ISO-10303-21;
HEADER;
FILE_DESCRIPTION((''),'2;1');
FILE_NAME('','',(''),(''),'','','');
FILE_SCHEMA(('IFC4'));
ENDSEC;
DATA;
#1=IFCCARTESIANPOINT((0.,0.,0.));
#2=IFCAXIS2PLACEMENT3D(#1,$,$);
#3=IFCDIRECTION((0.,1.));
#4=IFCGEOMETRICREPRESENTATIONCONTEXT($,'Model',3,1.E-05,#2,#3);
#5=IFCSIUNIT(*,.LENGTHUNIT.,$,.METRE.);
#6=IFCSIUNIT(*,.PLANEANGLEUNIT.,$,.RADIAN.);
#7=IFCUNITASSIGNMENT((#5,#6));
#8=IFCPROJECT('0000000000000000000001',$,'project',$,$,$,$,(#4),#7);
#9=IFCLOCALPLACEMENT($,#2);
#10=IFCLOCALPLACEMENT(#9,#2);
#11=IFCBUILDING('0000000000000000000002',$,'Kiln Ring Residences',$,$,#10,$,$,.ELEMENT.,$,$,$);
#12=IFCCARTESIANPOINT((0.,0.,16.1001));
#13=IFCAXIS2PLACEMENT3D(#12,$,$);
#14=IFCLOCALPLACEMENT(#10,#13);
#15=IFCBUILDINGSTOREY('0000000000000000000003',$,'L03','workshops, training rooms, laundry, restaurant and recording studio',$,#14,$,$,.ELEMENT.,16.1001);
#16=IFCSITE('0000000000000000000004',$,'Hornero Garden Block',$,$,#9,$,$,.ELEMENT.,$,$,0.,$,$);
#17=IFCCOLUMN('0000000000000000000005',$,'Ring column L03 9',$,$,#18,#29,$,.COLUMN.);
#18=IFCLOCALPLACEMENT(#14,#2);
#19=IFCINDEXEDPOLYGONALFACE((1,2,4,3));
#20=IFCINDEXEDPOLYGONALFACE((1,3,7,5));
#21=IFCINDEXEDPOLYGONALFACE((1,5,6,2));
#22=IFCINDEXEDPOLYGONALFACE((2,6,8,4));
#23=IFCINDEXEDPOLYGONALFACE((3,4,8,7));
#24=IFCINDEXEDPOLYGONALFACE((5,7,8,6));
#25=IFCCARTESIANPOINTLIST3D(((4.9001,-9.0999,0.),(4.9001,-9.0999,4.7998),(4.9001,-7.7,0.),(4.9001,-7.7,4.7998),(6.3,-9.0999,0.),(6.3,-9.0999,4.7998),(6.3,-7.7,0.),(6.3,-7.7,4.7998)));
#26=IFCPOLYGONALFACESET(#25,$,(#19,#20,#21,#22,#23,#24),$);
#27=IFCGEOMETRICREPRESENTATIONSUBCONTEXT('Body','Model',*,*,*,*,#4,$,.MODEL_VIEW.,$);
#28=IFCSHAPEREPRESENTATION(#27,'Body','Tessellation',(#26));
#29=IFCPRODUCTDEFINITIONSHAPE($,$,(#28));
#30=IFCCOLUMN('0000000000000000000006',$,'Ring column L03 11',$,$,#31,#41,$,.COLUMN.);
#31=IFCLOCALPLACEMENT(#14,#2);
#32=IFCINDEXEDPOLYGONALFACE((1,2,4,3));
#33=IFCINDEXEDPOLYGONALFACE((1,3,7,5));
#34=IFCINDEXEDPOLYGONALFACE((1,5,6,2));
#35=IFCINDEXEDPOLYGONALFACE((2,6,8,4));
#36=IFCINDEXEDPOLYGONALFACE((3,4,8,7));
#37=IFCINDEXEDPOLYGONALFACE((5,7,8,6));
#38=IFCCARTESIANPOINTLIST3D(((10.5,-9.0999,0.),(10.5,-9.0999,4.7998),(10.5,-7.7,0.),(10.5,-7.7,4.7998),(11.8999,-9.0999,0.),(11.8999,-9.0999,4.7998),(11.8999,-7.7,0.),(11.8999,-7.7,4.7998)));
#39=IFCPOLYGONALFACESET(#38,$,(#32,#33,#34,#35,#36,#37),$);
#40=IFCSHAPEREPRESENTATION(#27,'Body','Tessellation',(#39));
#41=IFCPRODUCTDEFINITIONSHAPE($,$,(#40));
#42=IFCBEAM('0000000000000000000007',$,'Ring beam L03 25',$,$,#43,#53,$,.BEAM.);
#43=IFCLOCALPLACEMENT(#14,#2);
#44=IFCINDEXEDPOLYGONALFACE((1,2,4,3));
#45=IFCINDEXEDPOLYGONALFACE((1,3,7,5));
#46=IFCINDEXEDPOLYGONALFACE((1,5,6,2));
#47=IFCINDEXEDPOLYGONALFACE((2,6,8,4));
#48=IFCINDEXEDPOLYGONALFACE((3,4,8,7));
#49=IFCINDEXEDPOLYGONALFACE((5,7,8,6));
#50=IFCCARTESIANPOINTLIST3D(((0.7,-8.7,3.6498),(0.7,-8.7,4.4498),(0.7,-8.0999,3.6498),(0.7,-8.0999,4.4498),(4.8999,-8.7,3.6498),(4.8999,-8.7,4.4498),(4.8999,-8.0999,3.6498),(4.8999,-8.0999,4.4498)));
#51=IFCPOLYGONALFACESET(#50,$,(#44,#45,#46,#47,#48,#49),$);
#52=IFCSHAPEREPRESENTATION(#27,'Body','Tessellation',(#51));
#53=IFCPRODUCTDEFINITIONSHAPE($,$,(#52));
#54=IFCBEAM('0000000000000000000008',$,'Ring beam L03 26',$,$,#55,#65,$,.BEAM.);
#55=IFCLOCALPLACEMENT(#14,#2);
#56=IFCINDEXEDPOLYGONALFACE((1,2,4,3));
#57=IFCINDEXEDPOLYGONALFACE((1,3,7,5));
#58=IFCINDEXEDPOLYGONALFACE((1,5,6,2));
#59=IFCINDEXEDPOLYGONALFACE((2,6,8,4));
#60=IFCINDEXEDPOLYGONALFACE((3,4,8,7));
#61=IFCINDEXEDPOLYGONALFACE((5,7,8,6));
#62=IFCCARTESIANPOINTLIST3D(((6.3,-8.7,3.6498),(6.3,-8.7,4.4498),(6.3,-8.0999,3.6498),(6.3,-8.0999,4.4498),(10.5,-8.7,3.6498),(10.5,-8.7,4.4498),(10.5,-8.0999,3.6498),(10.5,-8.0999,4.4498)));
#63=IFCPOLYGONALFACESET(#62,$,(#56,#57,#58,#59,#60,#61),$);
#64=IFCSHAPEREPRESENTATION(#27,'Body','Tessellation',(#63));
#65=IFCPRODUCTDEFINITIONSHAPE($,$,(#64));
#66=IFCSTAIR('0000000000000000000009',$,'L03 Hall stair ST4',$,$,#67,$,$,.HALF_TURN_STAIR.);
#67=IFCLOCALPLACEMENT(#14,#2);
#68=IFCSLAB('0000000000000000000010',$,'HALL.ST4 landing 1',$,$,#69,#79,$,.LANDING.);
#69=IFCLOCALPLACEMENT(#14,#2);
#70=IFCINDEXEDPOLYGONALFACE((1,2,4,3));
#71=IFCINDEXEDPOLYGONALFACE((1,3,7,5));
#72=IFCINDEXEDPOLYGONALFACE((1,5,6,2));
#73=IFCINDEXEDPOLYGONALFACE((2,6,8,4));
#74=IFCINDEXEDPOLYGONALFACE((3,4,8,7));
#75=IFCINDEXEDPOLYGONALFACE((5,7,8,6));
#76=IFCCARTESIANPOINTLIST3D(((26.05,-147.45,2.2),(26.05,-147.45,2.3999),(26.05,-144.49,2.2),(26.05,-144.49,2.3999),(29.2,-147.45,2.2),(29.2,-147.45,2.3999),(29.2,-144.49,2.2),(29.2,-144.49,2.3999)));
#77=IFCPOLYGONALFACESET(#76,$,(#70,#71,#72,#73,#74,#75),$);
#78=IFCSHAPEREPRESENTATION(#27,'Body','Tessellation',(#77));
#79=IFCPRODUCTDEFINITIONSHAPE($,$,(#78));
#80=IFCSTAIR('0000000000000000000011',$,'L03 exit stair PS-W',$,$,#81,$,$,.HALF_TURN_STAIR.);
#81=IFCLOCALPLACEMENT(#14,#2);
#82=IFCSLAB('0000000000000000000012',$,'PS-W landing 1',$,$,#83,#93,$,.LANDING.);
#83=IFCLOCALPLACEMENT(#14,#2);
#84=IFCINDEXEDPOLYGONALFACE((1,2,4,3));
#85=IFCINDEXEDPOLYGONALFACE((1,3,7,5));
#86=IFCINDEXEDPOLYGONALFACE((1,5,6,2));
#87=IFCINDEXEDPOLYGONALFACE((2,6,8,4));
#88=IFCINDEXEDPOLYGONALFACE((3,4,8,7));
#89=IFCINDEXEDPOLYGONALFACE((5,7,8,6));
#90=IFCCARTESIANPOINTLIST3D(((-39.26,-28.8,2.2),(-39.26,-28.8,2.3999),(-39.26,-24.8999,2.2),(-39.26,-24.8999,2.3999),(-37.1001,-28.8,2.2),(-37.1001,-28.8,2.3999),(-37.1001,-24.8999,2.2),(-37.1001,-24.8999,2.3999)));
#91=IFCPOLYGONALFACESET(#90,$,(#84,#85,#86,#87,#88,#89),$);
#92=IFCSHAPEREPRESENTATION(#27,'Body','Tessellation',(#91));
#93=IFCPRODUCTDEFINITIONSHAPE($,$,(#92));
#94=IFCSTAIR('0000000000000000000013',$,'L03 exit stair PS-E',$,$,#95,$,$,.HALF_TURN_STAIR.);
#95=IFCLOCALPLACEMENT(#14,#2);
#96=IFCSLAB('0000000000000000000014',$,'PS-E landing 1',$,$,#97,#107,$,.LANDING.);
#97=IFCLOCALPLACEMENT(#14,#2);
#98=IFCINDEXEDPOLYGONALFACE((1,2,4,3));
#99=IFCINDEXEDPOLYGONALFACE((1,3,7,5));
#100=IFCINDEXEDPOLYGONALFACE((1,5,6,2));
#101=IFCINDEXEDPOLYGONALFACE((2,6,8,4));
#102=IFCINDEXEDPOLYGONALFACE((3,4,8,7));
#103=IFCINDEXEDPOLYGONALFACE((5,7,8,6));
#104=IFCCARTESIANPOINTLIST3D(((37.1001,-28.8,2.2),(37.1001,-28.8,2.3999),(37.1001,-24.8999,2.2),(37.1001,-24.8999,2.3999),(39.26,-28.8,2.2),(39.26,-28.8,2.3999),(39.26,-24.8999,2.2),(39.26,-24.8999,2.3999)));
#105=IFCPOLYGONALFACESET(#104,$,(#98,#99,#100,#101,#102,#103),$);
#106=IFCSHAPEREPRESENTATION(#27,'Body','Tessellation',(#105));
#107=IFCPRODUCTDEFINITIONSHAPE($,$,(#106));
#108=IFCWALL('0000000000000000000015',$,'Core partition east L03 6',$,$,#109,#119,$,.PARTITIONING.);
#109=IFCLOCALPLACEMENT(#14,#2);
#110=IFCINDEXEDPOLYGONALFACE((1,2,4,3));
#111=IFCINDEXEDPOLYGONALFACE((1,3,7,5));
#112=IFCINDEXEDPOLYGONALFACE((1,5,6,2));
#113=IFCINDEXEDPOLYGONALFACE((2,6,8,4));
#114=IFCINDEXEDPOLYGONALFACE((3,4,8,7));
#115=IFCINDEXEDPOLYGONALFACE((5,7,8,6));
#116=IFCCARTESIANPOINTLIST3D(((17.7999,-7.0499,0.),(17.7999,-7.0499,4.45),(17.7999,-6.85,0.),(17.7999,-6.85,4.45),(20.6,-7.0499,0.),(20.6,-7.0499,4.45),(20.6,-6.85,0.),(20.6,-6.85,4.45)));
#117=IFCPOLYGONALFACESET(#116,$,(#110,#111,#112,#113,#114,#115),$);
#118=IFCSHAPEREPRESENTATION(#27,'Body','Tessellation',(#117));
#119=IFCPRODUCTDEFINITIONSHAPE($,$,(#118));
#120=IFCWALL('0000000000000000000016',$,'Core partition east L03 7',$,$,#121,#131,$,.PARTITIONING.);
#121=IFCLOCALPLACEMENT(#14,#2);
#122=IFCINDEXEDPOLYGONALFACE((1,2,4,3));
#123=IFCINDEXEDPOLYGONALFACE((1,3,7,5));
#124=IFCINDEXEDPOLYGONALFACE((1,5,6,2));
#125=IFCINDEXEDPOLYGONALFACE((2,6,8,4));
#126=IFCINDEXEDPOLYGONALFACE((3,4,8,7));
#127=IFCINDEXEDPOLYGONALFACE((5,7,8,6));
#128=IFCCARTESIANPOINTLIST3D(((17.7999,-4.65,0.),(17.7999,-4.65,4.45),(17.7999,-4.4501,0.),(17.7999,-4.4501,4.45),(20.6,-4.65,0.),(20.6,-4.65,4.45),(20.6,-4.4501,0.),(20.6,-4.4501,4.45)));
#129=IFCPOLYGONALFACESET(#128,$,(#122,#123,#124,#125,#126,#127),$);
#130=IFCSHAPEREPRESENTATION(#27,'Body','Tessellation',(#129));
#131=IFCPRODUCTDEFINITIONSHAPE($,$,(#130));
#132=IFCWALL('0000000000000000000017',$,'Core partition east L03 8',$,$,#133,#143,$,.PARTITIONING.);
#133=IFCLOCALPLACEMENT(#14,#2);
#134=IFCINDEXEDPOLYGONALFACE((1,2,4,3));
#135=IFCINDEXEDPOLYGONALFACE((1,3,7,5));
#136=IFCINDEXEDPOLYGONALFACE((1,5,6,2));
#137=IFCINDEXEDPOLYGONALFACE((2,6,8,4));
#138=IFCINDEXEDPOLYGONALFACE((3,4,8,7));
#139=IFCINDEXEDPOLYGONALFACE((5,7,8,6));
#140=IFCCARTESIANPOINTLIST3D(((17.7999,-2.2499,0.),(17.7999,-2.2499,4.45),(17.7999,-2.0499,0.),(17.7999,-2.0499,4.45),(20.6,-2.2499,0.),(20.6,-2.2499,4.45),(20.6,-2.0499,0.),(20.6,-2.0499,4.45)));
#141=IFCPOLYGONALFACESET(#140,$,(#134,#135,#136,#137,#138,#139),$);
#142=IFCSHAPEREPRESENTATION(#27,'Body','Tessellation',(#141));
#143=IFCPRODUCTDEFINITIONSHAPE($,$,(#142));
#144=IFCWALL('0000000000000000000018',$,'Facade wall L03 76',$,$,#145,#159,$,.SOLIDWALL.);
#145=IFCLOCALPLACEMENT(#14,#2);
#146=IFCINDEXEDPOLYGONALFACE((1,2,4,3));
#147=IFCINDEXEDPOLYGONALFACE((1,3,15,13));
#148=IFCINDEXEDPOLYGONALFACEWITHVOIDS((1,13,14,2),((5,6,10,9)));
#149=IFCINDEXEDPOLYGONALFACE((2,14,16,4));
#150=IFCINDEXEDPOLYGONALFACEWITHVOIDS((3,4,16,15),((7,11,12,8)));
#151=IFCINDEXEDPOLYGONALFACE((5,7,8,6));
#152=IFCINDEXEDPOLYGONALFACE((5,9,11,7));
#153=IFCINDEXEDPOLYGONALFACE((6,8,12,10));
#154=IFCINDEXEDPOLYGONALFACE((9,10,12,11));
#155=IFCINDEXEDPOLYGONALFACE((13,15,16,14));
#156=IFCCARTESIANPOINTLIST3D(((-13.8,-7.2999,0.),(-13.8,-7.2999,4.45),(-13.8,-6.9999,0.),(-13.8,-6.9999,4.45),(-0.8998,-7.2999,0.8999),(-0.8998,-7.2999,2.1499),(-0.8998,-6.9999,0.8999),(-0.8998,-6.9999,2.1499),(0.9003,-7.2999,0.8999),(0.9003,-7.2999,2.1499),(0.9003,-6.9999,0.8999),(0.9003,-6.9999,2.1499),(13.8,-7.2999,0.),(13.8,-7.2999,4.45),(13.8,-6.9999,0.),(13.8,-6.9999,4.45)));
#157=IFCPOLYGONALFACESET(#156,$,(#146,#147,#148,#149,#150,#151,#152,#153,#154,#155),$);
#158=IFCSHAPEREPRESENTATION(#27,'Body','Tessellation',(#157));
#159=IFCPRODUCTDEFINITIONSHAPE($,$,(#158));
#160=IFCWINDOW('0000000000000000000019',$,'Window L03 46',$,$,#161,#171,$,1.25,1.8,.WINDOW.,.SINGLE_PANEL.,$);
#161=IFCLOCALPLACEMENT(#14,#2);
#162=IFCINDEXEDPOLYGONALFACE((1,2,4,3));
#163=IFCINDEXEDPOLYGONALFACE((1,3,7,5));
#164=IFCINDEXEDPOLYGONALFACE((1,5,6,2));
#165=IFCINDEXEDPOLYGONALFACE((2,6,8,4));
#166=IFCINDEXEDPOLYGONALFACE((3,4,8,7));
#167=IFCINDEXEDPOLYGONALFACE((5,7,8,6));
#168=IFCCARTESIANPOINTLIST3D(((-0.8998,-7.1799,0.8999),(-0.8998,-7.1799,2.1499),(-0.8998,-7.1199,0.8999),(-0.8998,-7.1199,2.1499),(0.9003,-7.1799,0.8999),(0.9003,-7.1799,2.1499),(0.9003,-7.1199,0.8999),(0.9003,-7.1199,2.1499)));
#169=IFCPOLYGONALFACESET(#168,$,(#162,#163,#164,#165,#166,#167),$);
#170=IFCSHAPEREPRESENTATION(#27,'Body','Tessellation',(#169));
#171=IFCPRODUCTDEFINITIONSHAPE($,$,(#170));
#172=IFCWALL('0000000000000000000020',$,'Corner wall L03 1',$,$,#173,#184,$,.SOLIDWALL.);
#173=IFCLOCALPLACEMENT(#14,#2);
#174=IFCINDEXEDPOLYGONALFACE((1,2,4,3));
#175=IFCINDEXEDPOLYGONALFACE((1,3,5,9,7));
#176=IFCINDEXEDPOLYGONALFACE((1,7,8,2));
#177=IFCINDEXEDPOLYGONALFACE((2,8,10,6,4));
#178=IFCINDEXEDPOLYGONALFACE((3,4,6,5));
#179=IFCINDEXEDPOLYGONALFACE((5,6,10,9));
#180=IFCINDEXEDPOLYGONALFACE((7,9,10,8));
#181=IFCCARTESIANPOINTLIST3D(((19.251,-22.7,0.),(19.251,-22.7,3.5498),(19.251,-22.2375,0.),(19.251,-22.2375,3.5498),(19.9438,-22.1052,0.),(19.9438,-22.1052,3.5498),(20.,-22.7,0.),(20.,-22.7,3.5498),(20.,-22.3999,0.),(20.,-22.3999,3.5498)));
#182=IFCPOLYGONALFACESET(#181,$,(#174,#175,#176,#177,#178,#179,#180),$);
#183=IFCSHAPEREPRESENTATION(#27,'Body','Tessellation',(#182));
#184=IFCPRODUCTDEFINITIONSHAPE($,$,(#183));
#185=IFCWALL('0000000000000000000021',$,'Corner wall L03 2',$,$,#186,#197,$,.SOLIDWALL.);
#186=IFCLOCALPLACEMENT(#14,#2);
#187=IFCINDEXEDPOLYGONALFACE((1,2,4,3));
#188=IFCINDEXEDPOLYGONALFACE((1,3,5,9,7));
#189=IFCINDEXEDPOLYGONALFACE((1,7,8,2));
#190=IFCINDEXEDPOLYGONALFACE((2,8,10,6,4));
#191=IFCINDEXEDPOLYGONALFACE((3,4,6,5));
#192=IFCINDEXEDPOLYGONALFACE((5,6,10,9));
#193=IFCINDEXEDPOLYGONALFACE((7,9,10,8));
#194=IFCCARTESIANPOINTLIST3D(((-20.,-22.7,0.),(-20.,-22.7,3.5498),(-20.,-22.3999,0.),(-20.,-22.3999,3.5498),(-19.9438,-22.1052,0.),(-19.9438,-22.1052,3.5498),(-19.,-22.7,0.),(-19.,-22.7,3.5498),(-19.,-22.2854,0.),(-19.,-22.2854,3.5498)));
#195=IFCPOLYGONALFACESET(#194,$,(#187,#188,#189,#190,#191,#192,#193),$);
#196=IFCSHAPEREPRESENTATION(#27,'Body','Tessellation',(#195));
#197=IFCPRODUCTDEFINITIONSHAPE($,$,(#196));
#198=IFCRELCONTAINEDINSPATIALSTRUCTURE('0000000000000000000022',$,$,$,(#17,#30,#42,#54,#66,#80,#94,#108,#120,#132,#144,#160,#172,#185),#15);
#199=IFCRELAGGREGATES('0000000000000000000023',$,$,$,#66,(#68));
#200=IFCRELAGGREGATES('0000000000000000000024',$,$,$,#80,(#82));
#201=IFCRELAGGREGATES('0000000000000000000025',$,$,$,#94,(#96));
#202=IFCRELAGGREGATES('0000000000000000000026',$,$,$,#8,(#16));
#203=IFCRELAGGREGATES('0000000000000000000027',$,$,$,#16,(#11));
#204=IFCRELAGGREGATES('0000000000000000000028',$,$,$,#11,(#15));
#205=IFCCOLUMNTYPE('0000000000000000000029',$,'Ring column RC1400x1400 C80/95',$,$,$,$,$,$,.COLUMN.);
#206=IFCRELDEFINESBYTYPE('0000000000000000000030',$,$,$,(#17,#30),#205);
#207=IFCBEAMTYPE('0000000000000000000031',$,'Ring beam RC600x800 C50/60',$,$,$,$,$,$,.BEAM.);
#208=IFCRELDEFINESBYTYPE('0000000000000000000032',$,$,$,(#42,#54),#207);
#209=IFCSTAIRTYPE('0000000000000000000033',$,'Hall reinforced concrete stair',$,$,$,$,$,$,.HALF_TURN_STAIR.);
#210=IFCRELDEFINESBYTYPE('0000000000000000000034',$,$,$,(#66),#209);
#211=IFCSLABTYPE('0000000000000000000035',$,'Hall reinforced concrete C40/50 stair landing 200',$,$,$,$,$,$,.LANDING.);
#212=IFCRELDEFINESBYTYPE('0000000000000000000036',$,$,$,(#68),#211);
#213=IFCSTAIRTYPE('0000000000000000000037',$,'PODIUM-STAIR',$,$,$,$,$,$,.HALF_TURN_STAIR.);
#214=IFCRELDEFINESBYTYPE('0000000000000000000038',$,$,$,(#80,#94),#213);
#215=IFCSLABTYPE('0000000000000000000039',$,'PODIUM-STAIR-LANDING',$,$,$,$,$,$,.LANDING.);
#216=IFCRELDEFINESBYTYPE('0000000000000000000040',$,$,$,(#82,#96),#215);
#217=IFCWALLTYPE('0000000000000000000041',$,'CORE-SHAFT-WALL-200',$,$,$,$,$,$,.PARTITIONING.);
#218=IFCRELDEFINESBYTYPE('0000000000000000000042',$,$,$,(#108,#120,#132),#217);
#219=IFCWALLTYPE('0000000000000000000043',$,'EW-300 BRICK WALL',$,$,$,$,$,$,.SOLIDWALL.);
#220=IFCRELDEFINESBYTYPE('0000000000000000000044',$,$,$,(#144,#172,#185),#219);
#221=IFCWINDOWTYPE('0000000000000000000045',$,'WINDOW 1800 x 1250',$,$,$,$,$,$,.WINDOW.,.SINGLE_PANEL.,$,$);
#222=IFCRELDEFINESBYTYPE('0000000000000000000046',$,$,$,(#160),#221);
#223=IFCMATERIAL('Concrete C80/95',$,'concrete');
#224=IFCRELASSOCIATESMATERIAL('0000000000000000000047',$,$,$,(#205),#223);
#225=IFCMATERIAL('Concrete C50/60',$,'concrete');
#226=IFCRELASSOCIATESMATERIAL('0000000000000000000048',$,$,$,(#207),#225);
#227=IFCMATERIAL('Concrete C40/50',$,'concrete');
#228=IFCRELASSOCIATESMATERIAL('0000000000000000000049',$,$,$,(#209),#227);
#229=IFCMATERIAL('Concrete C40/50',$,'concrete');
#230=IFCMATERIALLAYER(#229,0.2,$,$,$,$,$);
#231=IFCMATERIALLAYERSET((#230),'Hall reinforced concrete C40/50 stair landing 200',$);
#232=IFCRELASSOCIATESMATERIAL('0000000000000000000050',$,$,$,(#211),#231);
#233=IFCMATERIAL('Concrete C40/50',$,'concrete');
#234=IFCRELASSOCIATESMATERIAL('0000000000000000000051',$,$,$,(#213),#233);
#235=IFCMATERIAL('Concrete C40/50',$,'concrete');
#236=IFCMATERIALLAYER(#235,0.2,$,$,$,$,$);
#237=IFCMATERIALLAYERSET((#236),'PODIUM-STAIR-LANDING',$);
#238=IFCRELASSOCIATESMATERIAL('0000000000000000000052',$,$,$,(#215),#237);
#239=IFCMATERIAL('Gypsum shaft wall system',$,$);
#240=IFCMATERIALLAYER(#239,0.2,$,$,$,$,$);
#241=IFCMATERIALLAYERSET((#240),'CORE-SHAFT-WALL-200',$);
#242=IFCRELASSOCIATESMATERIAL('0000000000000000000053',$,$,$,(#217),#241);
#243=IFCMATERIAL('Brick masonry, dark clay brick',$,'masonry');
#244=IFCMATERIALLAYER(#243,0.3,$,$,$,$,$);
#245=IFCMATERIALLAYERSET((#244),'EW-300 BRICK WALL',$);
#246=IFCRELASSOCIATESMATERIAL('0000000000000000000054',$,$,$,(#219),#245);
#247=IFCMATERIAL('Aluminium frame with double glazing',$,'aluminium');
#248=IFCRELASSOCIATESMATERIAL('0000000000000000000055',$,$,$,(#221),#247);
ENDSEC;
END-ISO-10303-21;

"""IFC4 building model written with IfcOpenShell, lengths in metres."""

from ifc_helpers import new_model, si_unit, direction, frame, frame_2d, origin, origin_2d, place, context, subcontext, project, spatial, polyline, rectangle, outline, extrude, material, layer, layer_set, material_profile, profile_set, type_object, element, fill, aggregate, save


model = new_model("IFC4")

# Units and contexts
model_context = context("Model", 3, precision=1e-05, world=origin(), true_north=direction((0.0, 1.0)))
body_context = subcontext(model_context, "Body", "Model", "MODEL_VIEW")
ifc_project = project(units=[si_unit("LENGTHUNIT", "METRE"), si_unit("PLANEANGLEUNIT", "RADIAN")], contexts=[model_context])

# Site, building, storey
site_placement = place(None, origin())
site = spatial("IfcSite", under=ifc_project, at=site_placement, Name="Hornero Garden Block", CompositionType="ELEMENT", RefElevation=0.0)
building_placement = place(site_placement, origin())
building = spatial("IfcBuilding", under=site, at=building_placement, Name="Kiln Ring Residences", CompositionType="ELEMENT")
storey_placement = place(building_placement, frame((0.0, 0.0, 16.1001)))
storey = spatial("IfcBuildingStorey", under=building, at=storey_placement, Name="L03", Description="workshops, training rooms, laundry, restaurant and recording studio", CompositionType="ELEMENT", Elevation=16.1001)

# Columns
ifc_material_1 = material(Name="Concrete C80/95", Category="concrete")
ifc_material_profile_1 = material_profile(ifc_material_1, rectangle(XDim=1.3999, YDim=1.3999, at=origin_2d()), Name="RC1400x1400")
ifc_profile_set_1 = profile_set([ifc_material_profile_1], Name="Concrete C80/95")
column_type = type_object("IfcColumnType", Name="Ring column RC1400x1400 C80/95", PredefinedType="COLUMN", material=ifc_profile_set_1)
for number, where, z_axis, x_axis, name in (
    (1, (5.6001, -8.3999, 0.0), (0.0, 0.0, 1.0), (1.0, 0.0, 0.0), "Ring column L03 9"),
    (2, (11.2, -8.3999, 0.0), (0.0, 0.0, 1.0), (1.0, 0.0, 0.0), "Ring column L03 11"),
):
    element("IfcColumn", number, at=place(storey_placement, frame(where, z_axis=z_axis, x_axis=x_axis)), inside=storey, type_object=column_type, Name=name, PredefinedType="COLUMN", context=body_context, shape_type="SweptSolid", body=[
        extrude(rectangle(XDim=1.3999, YDim=1.3999, at=origin_2d()), origin(), (0.0, 0.0, 1.0), 4.7998),
    ])

# Beams
ifc_material_2 = material(Name="Concrete C50/60", Category="concrete")
ifc_material_profile_2 = material_profile(ifc_material_2, rectangle(XDim=0.6001, YDim=0.8, at=origin_2d()), Name="RC600x800")
ifc_profile_set_2 = profile_set([ifc_material_profile_2], Name="Concrete C50/60")
beam_type = type_object("IfcBeamType", Name="Ring beam RC600x800 C50/60", PredefinedType="BEAM", material=ifc_profile_set_2)
for number, where, z_axis, x_axis, name in (
    (3, (0.7, -8.3999, 4.0498), (1.0, 0.0, 0.0), (0.0, 1.0, 0.0), "Ring beam L03 25"),
    (4, (6.3, -8.3999, 4.0498), (1.0, 0.0, 0.0), (0.0, 1.0, 0.0), "Ring beam L03 26"),
):
    element("IfcBeam", number, at=place(storey_placement, frame(where, z_axis=z_axis, x_axis=x_axis)), inside=storey, type_object=beam_type, Name=name, PredefinedType="BEAM", context=body_context, shape_type="SweptSolid", body=[
        extrude(rectangle(XDim=0.6001, YDim=0.8, at=origin_2d()), origin(), (0.0, 0.0, 1.0), 4.2),
    ])

# Stairs, slabs
ifc_material_3 = material(Name="Concrete C40/50", Category="concrete")
stair_type_1 = type_object("IfcStairType", Name="Hall reinforced concrete stair", PredefinedType="HALF_TURN_STAIR", material=ifc_material_3)
placement_1 = place(storey_placement, origin())
stair_1 = element("IfcStair", 5, at=placement_1, inside=storey, type_object=stair_type_1, Name="L03 Hall stair ST4", PredefinedType="HALF_TURN_STAIR")
ifc_material_4 = material(Name="Concrete C40/50", Category="concrete")
ifc_layer_1 = layer(ifc_material_4, 0.2)
ifc_layer_set_1 = layer_set([ifc_layer_1], Name="Hall reinforced concrete C40/50 stair landing 200")
slab_type_1 = type_object("IfcSlabType", Name="Hall reinforced concrete C40/50 stair landing 200", PredefinedType="LANDING", material=ifc_layer_set_1)
placement_2 = place(storey_placement, frame((0.0, 0.0, 2.2)))
slab_1 = element("IfcSlab", 6, at=placement_2, type_object=slab_type_1, Name="HALL.ST4 landing 1", PredefinedType="LANDING", context=body_context, shape_type="SweptSolid", body=[
    extrude(outline(polyline([(26.05, -144.49), (26.05, -147.45), (29.2, -147.45), (29.2, -144.49), (26.05, -144.49)])), origin(), (0.0, 0.0, 1.0), 0.2),
])
aggregate(stair_1, [slab_1])
ifc_material_5 = material(Name="Concrete C40/50", Category="concrete")
stair_type_2 = type_object("IfcStairType", Name="PODIUM-STAIR", PredefinedType="HALF_TURN_STAIR", material=ifc_material_5)
stair_2 = element("IfcStair", 7, at=placement_1, inside=storey, type_object=stair_type_2, Name="L03 exit stair PS-W", PredefinedType="HALF_TURN_STAIR")
ifc_material_6 = material(Name="Concrete C40/50", Category="concrete")
ifc_layer_2 = layer(ifc_material_6, 0.2)
ifc_layer_set_2 = layer_set([ifc_layer_2], Name="PODIUM-STAIR-LANDING")
slab_type_2 = type_object("IfcSlabType", Name="PODIUM-STAIR-LANDING", PredefinedType="LANDING", material=ifc_layer_set_2)
slab_2 = element("IfcSlab", 8, at=placement_2, type_object=slab_type_2, Name="PS-W landing 1", PredefinedType="LANDING", context=body_context, shape_type="SweptSolid", body=[
    extrude(outline(polyline([(-39.26, -28.8), (-37.1001, -28.8), (-37.1001, -24.8999), (-39.26, -24.8999), (-39.26, -28.8)])), origin(), (0.0, 0.0, 1.0), 0.2),
])
aggregate(stair_2, [slab_2])
stair_3 = element("IfcStair", 9, at=placement_1, inside=storey, type_object=stair_type_2, Name="L03 exit stair PS-E", PredefinedType="HALF_TURN_STAIR")
slab_3 = element("IfcSlab", 10, at=placement_2, type_object=slab_type_2, Name="PS-E landing 1", PredefinedType="LANDING", context=body_context, shape_type="SweptSolid", body=[
    extrude(outline(polyline([(39.26, -24.8999), (37.1001, -24.8999), (37.1001, -28.8), (39.26, -28.8), (39.26, -24.8999)])), origin(), (0.0, 0.0, 1.0), 0.2),
])
aggregate(stair_3, [slab_3])

# Walls
ifc_material_7 = material(Name="Gypsum shaft wall system")
ifc_layer_3 = layer(ifc_material_7, 0.2)
ifc_layer_set_3 = layer_set([ifc_layer_3], Name="CORE-SHAFT-WALL-200")
wall_type_1 = type_object("IfcWallType", Name="CORE-SHAFT-WALL-200", PredefinedType="PARTITIONING", material=ifc_layer_set_3)
for number, where, z_axis, x_axis, name in (
    (11, (17.8, -6.95, 0.0), (0.0, 0.0, 1.0), (1.0, 0.0, 0.0), "Core partition east L03 6"),
    (12, (17.8, -4.55, 0.0), (0.0, 0.0, 1.0), (1.0, 0.0, 0.0), "Core partition east L03 7"),
    (13, (17.8, -2.1499, 0.0), (0.0, 0.0, 1.0), (1.0, 0.0, 0.0), "Core partition east L03 8"),
):
    element("IfcWall", number, at=place(storey_placement, frame(where, z_axis=z_axis, x_axis=x_axis)), inside=storey, type_object=wall_type_1, Name=name, PredefinedType="PARTITIONING", context=body_context, shape_type="SweptSolid", body=[
        extrude(rectangle(XDim=2.8, YDim=0.2, at=frame_2d((1.3999, 0.0))), origin(), (0.0, 0.0, 1.0), 4.45),
    ])

# Wall, opening, window
ifc_material_8 = material(Name="Brick masonry, dark clay brick", Category="masonry")
ifc_layer_4 = layer(ifc_material_8, 0.3)
ifc_layer_set_4 = layer_set([ifc_layer_4], Name="EW-300 BRICK WALL")
wall_type_2 = type_object("IfcWallType", Name="EW-300 BRICK WALL", PredefinedType="SOLIDWALL", material=ifc_layer_set_4)
wall_1_placement = place(storey_placement, frame((13.8, -7.1499, 0.0), z_axis=(0.0, 0.0, 1.0), x_axis=(-1.0, 0.0, 0.0)))
wall_1 = element("IfcWall", 14, at=wall_1_placement, inside=storey, type_object=wall_type_2, Name="Facade wall L03 76", PredefinedType="SOLIDWALL", context=body_context, shape_type="SweptSolid", body=[
    extrude(rectangle(XDim=27.6001, YDim=0.3, at=frame_2d((13.8, 0.0))), origin(), (0.0, 0.0, 1.0), 4.45),
])
opening_placement = place(wall_1_placement, frame((12.8999, 0.0, 0.8999)))
opening = element("IfcOpeningElement", 15, at=opening_placement, cuts=wall_1, PredefinedType="OPENING", context=body_context, shape_type="SweptSolid", body=[
    extrude(rectangle(XDim=1.8, YDim=1.25, at=frame_2d((0.8999, 0.625))), frame((0.0, 0.1599, 0.0), z_axis=(0.0, -1.0, 0.0), x_axis=(1.0, 0.0, 0.0)), (0.0, 0.0, 1.0), 0.3201),
])
ifc_material_9 = material(Name="Aluminium frame with double glazing", Category="aluminium")
window_type = type_object("IfcWindowType", Name="WINDOW 1800 x 1250", PartitioningType="SINGLE_PANEL", PredefinedType="WINDOW", material=ifc_material_9)
window_placement = place(opening_placement, origin())
window = element("IfcWindow", 16, at=window_placement, inside=storey, type_object=window_type, Name="Window L03 46", OverallHeight=1.25, OverallWidth=1.8, PartitioningType="SINGLE_PANEL", PredefinedType="WINDOW", context=body_context, shape_type="SweptSolid", body=[
    extrude(rectangle(XDim=1.8, YDim=1.25, at=frame_2d((0.8999, 0.625))), frame((0.0, 0.03, 0.0), z_axis=(0.0, -1.0, 0.0), x_axis=(1.0, 0.0, 0.0)), (0.0, 0.0, 1.0), 0.0601),
])
fill(opening, window)

# Walls
element("IfcWall", 17, at=placement_1, inside=storey, type_object=wall_type_2, Name="Corner wall L03 1", PredefinedType="SOLIDWALL", context=body_context, shape_type="SweptSolid", body=[
    extrude(outline(polyline([(19.9438, -22.1052), (19.251, -22.2375), (19.251, -22.7), (20.0, -22.7), (20.0, -22.3999), (19.9438, -22.1052)])), origin(), (0.0, 0.0, 1.0), 3.5498),
])
element("IfcWall", 18, at=placement_1, inside=storey, type_object=wall_type_2, Name="Corner wall L03 2", PredefinedType="SOLIDWALL", context=body_context, shape_type="SweptSolid", body=[
    extrude(outline(polyline([(-20.0, -22.7), (-19.0, -22.7), (-19.0, -22.2854), (-19.9438, -22.1052), (-20.0, -22.3999), (-20.0, -22.7)])), origin(), (0.0, 0.0, 1.0), 3.5498),
])

save(model, "model.ifc")
